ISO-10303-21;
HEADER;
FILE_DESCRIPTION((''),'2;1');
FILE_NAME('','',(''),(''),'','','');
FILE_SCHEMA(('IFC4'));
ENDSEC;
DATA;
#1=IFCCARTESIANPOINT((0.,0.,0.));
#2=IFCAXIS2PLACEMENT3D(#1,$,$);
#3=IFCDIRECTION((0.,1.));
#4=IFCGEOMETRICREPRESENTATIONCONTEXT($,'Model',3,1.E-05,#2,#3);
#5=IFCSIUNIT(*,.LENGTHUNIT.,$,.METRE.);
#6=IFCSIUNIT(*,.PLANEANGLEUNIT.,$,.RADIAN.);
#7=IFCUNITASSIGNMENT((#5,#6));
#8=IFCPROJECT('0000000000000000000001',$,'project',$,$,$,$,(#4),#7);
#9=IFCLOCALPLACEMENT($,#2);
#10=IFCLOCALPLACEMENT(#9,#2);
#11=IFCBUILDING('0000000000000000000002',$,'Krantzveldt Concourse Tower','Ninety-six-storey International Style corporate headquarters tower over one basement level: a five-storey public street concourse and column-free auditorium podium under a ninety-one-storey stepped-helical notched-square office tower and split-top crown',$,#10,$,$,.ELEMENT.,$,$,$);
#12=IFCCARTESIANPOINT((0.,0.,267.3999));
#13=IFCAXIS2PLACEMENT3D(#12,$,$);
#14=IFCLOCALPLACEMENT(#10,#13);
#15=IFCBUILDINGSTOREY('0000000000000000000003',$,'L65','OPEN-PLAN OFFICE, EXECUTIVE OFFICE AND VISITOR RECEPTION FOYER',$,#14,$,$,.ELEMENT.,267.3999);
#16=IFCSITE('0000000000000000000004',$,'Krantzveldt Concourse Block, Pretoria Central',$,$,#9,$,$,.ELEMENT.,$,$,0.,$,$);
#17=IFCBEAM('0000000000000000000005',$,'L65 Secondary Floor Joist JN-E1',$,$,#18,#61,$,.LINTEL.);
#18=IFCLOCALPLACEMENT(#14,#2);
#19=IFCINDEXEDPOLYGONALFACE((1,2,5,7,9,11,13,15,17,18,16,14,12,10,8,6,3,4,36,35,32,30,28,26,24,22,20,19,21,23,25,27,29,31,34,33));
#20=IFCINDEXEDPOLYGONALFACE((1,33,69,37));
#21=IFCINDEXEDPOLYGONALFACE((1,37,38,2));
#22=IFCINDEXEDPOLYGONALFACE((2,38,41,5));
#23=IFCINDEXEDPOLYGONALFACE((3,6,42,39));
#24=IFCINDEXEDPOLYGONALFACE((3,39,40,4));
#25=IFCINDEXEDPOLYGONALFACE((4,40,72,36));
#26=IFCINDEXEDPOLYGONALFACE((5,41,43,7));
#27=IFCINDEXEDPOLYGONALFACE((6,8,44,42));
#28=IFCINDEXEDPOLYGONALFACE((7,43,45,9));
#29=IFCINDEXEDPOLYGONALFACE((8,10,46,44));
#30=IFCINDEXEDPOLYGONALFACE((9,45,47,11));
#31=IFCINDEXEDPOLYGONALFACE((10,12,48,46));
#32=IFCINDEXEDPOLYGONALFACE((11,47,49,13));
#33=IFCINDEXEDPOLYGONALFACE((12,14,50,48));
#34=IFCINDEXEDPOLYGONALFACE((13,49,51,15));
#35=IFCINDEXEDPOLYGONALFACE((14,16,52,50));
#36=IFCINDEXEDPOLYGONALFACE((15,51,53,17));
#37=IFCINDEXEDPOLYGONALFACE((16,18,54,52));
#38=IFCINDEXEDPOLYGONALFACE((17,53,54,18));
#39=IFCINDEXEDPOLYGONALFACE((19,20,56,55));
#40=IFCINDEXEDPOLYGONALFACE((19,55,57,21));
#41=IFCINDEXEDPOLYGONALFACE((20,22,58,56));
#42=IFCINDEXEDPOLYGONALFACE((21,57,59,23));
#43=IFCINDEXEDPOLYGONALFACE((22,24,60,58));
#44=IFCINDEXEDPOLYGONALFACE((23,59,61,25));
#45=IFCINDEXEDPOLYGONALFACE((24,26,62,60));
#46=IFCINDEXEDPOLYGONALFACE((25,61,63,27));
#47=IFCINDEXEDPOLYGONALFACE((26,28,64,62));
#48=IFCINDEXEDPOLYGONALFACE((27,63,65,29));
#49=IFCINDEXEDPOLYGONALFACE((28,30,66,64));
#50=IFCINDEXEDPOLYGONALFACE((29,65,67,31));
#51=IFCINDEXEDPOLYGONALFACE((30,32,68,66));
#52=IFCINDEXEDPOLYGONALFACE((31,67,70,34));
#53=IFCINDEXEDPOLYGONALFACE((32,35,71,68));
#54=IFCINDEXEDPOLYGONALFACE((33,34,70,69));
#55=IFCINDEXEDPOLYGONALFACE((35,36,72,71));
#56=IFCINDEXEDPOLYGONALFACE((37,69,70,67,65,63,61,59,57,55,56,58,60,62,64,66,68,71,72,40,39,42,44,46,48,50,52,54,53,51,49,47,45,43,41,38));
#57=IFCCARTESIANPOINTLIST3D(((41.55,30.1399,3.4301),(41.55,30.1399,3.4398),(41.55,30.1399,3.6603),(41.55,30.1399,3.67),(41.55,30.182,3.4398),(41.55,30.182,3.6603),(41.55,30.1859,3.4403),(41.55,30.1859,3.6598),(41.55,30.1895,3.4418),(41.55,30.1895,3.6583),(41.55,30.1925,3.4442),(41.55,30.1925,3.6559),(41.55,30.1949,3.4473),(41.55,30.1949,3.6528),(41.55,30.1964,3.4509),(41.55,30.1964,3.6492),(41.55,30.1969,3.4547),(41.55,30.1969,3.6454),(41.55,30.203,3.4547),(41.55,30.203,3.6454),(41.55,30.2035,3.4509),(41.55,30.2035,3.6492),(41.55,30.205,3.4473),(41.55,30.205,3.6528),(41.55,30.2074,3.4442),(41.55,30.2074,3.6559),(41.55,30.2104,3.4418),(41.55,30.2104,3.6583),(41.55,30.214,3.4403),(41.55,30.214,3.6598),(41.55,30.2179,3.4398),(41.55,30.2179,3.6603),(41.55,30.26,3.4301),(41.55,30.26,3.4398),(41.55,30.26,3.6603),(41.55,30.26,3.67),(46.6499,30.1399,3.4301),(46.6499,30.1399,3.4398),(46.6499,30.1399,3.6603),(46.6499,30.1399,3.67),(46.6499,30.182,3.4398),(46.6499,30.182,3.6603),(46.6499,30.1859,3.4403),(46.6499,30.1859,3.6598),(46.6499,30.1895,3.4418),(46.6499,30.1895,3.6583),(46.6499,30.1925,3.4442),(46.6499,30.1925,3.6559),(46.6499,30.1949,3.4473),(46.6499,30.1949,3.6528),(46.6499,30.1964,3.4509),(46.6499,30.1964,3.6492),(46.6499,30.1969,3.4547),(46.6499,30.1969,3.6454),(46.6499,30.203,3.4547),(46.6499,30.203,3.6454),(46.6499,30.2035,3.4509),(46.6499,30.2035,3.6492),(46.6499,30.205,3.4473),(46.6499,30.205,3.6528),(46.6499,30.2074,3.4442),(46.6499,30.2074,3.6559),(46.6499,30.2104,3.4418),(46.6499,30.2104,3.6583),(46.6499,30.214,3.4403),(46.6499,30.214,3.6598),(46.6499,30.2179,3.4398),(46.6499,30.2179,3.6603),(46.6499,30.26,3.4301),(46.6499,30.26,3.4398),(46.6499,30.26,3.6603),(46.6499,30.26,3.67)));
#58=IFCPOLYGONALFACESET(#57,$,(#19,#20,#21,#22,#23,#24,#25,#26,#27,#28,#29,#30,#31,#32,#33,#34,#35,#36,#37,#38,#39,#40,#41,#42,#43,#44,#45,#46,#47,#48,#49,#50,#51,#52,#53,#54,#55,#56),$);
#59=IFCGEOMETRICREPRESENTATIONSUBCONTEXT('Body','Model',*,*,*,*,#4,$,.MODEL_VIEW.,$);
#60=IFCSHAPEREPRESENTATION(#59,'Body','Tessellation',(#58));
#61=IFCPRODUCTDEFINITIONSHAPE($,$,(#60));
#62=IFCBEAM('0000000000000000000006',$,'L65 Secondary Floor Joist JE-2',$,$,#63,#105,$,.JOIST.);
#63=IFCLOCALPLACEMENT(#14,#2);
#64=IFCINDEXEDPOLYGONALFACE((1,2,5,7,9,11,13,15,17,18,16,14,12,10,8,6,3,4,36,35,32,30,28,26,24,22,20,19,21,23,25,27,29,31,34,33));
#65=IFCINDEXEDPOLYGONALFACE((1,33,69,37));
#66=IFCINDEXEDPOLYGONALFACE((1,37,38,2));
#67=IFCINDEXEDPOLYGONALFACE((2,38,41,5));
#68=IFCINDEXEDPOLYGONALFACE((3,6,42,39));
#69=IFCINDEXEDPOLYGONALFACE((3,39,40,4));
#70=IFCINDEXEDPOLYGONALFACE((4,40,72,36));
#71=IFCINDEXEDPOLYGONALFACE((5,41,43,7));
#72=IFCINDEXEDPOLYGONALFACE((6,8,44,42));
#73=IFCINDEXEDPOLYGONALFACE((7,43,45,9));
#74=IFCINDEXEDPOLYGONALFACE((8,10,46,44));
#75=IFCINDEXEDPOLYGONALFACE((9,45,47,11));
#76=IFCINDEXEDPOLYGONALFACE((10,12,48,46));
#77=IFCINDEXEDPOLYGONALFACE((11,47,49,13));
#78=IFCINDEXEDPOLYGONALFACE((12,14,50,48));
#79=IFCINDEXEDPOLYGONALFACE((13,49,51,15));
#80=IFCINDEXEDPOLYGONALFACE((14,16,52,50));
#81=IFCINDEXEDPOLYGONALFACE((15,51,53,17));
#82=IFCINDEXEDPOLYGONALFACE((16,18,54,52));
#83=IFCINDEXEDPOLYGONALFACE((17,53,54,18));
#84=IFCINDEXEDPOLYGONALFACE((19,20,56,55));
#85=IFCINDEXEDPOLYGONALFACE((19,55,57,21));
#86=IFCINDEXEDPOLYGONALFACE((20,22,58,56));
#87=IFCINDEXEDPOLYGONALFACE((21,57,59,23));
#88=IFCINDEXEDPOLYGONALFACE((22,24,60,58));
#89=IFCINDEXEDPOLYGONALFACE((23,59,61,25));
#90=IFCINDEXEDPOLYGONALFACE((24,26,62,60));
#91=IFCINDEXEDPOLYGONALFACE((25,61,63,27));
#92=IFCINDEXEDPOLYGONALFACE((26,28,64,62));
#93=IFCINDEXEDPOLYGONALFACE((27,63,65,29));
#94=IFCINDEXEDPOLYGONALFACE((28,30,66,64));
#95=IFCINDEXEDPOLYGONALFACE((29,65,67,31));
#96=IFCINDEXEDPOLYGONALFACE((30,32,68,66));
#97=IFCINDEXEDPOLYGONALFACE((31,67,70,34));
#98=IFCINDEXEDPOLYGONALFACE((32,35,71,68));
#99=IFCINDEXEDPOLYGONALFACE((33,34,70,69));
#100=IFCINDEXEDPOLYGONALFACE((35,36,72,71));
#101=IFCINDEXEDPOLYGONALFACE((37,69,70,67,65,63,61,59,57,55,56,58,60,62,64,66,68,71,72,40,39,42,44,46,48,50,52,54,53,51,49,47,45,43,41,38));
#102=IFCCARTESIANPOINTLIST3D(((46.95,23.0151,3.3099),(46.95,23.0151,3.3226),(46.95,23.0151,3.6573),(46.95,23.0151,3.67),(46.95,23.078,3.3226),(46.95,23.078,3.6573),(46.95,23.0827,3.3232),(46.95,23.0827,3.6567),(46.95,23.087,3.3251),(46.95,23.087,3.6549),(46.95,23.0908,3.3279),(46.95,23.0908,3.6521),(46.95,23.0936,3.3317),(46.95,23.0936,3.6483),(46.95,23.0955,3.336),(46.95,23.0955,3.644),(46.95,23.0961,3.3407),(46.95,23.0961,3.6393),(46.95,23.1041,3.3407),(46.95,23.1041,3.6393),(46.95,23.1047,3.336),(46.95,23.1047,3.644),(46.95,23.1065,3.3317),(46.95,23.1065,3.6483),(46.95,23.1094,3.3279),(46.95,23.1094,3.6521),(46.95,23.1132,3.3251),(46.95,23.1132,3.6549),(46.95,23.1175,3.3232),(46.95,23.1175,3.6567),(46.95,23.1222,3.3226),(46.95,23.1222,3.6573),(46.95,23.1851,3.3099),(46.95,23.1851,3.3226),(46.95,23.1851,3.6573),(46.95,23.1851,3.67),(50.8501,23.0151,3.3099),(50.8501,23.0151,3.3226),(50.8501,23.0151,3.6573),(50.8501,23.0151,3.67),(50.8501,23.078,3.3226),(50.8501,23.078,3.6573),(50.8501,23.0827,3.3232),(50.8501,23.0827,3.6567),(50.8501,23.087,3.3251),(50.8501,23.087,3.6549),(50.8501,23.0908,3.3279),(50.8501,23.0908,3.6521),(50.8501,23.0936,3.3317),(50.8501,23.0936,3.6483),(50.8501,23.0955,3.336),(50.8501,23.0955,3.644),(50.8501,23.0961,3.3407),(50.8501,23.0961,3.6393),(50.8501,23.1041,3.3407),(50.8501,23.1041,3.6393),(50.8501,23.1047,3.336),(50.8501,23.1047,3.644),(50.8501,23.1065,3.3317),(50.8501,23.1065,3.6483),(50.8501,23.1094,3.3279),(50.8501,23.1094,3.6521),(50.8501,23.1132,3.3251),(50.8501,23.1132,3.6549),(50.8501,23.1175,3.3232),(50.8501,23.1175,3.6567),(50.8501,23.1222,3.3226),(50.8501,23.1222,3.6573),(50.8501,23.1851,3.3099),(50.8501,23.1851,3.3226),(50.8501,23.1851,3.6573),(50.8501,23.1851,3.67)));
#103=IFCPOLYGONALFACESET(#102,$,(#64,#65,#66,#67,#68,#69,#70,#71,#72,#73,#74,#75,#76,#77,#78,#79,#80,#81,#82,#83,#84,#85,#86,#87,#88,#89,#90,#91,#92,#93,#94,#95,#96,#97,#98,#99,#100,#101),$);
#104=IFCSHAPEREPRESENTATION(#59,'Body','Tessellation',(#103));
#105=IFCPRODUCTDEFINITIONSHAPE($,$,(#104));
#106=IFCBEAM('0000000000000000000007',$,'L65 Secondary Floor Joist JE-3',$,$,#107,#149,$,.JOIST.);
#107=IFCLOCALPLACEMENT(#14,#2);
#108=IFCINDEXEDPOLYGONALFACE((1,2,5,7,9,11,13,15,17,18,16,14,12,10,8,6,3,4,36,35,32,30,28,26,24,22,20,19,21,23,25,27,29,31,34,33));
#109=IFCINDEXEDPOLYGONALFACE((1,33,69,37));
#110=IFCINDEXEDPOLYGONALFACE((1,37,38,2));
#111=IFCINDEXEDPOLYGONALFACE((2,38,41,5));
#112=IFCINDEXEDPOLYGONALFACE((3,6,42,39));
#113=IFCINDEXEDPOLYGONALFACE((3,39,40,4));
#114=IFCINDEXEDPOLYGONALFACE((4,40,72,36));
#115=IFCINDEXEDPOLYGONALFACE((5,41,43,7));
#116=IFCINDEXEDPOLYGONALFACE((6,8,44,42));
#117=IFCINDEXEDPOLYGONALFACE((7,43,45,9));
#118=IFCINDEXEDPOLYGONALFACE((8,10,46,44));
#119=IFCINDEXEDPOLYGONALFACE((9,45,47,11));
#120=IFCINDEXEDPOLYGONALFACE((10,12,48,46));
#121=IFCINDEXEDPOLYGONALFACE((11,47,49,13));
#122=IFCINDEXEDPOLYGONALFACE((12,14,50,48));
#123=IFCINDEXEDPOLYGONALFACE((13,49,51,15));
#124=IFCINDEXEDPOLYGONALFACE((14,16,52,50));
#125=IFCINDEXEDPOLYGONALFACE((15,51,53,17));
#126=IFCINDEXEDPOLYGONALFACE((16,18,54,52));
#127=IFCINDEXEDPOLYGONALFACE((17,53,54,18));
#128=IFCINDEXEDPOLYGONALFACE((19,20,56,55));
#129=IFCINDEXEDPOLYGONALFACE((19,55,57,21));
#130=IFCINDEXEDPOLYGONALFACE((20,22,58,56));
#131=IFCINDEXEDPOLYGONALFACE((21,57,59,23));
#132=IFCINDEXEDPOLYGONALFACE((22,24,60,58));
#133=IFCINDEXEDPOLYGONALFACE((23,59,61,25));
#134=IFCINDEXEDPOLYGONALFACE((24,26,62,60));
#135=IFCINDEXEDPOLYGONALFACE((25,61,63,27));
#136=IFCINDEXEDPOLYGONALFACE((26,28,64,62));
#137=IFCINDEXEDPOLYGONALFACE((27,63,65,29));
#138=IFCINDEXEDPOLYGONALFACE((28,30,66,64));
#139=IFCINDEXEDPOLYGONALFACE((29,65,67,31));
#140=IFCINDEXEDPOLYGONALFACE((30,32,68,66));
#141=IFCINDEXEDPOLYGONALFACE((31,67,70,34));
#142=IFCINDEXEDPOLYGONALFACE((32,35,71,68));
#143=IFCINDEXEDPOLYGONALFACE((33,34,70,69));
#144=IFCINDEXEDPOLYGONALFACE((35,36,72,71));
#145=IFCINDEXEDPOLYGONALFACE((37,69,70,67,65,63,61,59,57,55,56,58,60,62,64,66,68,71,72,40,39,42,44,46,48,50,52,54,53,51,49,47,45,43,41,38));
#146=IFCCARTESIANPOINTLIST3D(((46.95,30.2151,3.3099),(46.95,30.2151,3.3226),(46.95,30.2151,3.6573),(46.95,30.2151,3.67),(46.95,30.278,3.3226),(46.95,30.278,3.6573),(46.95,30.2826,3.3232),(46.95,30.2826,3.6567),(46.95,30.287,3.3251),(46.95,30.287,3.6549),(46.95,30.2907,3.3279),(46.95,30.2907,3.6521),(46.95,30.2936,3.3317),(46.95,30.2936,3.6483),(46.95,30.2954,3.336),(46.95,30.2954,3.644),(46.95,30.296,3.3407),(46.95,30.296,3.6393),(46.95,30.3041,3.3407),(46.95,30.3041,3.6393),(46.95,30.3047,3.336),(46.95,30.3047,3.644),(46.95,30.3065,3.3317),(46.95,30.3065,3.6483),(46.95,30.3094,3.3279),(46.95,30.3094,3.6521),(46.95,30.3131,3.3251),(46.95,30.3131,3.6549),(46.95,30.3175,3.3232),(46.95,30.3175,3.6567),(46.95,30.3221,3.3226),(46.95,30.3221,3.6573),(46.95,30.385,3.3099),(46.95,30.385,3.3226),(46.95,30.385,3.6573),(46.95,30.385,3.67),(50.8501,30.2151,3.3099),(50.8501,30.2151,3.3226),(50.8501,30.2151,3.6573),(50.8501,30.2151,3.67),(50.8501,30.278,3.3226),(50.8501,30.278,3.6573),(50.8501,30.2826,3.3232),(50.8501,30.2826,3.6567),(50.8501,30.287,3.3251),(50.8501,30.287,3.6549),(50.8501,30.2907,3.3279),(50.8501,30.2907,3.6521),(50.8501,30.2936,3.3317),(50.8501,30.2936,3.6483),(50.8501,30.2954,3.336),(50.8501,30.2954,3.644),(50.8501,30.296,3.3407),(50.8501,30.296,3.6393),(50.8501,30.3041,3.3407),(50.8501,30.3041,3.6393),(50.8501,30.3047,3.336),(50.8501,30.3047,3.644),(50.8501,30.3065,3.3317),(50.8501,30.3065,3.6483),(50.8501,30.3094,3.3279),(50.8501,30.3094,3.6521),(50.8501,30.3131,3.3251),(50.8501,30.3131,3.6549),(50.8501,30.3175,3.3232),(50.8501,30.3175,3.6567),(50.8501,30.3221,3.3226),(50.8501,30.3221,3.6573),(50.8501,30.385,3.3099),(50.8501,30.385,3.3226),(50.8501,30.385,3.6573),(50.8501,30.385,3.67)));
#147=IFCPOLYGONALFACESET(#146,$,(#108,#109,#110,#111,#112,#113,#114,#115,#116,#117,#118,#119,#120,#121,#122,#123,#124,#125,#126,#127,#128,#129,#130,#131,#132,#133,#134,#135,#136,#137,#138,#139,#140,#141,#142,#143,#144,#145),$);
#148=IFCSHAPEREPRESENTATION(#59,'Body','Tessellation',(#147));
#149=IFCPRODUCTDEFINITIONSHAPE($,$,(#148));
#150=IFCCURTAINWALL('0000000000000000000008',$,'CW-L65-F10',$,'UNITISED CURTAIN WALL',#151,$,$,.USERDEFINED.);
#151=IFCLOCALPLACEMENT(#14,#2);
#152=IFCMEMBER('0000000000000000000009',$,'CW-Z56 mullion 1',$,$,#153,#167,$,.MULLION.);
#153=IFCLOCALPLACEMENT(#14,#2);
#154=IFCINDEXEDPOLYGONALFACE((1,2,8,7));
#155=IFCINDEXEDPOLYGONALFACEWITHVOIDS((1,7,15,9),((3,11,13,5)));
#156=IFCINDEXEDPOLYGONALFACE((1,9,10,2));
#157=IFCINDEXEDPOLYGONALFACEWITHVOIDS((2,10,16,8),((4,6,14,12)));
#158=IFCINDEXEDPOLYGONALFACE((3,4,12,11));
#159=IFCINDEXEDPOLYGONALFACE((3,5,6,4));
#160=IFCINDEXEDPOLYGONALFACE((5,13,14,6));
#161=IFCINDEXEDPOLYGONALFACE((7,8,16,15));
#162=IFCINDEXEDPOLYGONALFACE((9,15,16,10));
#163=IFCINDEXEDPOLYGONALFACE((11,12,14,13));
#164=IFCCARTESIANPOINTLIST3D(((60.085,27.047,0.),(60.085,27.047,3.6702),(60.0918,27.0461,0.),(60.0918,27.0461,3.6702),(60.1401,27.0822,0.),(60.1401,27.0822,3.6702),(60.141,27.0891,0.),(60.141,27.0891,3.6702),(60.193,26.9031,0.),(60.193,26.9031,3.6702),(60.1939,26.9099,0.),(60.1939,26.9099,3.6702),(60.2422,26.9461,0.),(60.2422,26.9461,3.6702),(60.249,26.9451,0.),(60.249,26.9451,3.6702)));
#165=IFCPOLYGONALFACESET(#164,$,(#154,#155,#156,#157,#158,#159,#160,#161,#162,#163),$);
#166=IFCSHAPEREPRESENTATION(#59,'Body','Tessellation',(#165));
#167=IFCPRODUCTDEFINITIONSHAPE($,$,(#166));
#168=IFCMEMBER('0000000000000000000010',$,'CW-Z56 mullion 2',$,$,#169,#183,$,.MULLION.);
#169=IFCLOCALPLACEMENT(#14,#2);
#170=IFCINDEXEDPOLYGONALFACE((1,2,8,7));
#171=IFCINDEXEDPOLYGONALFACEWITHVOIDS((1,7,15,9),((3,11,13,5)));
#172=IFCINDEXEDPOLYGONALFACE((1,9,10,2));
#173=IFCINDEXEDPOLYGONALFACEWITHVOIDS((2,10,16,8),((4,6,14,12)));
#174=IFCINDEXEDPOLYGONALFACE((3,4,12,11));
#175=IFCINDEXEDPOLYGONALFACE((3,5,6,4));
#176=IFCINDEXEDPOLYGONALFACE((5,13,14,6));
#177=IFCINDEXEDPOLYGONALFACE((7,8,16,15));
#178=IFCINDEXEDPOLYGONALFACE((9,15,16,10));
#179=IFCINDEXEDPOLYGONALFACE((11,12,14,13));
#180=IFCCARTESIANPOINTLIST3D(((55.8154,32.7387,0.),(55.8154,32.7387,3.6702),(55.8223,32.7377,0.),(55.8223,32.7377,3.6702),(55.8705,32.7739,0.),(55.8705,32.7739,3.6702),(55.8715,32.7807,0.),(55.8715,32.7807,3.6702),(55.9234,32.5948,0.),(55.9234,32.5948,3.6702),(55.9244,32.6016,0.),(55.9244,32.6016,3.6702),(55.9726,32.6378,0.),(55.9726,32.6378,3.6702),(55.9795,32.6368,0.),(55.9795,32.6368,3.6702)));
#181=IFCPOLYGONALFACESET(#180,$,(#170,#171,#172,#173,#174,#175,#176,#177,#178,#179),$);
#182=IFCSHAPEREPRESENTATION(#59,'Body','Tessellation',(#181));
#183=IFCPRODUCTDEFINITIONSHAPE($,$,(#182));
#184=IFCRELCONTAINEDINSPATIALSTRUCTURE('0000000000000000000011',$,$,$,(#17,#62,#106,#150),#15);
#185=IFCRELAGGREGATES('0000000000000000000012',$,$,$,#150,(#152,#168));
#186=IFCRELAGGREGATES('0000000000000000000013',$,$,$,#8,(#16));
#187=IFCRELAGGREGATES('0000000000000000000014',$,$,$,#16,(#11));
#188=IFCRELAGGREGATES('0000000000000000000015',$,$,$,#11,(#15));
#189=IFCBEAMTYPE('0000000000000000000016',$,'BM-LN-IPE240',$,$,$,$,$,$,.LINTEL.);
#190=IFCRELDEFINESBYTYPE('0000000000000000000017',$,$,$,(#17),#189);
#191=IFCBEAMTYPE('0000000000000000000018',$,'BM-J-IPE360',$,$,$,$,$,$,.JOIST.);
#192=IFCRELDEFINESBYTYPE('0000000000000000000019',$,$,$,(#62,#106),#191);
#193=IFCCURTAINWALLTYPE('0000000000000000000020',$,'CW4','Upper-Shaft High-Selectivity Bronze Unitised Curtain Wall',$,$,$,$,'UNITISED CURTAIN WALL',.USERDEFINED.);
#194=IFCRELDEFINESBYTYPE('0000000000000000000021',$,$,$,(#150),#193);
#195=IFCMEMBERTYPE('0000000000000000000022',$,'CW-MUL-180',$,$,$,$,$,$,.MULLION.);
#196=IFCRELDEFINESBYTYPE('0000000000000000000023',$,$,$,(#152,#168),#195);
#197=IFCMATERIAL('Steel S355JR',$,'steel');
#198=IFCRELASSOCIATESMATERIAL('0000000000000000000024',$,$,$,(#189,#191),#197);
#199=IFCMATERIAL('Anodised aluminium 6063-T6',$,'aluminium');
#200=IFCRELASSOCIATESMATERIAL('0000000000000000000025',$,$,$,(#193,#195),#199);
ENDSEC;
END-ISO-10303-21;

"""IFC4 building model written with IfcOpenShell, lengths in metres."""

from ifc_helpers import new_model, si_unit, direction, frame, origin, origin_2d, place, context, subcontext, project, spatial, hollow_rectangle, i_section, extrude, source, transform, mapped, material, material_profile, profile_set, type_object, type_shapes, element, aggregate, save


model = new_model("IFC4")

# Units and contexts
model_context = context("Model", 3, precision=1e-05, world=origin(), true_north=direction((0.0, 1.0)))
body_context = subcontext(model_context, "Body", "Model", "MODEL_VIEW")
ifc_project = project(units=[si_unit("LENGTHUNIT", "METRE"), si_unit("PLANEANGLEUNIT", "RADIAN")], contexts=[model_context])

# Site, building, storey
site_placement = place(None, origin())
site = spatial("IfcSite", under=ifc_project, at=site_placement, Name="Krantzveldt Concourse Block, Pretoria Central", CompositionType="ELEMENT", RefElevation=0.0)
building_placement = place(site_placement, origin())
building = spatial("IfcBuilding", under=site, at=building_placement, Name="Krantzveldt Concourse Tower", Description="Ninety-six-storey International Style corporate headquarters tower over one basement level: a five-storey public street concourse and column-free auditorium podium under a ninety-one-storey stepped-helical notched-square office tower and split-top crown", CompositionType="ELEMENT")
storey_placement = place(building_placement, frame((0.0, 0.0, 267.3999)))
storey = spatial("IfcBuildingStorey", under=building, at=storey_placement, Name="L65", Description="OPEN-PLAN OFFICE, EXECUTIVE OFFICE AND VISITOR RECEPTION FOYER", CompositionType="ELEMENT", Elevation=267.3999)

# Beams
ifc_material_1 = material(Name="Steel S355JR", Category="steel")
ifc_material_profile_1 = material_profile(ifc_material_1, i_section(OverallWidth=0.1201, OverallDepth=0.24, WebThickness=0.0061, FlangeThickness=0.0098, FilletRadius=0.0149, at=origin_2d()), Name="Steel S355JR", Category="steel")
ifc_profile_set_1 = profile_set([ifc_material_profile_1], Name="Steel S355JR - IPE 240")
beam_type_1 = type_object("IfcBeamType", Name="BM-LN-IPE240", PredefinedType="LINTEL", material=ifc_profile_set_1)
shared_shape_1 = source(origin(), body_context, "Body", "SweptSolid", [
    extrude(i_section(OverallWidth=0.1201, OverallDepth=0.24, WebThickness=0.0061, FlangeThickness=0.0098, FilletRadius=0.0149, at=origin_2d()), origin(), (0.0, 0.0, 1.0), 5.0999),
])
type_shapes(beam_type_1, [shared_shape_1])
beam_1_placement = place(storey_placement, frame((41.55, 30.2, 3.55), z_axis=(1.0, 0.0, 0.0), x_axis=(0.0, 1.0, 0.0)))
element("IfcBeam", 1, at=beam_1_placement, inside=storey, type_object=beam_type_1, Name="L65 Secondary Floor Joist JN-E1", PredefinedType="LINTEL", context=body_context, shape_type="MappedRepresentation", body=[
    mapped(shared_shape_1, transform((0.0, 0.0, 0.0), x_axis=(1.0, 0.0, 0.0), y_axis=(0.0, 1.0, 0.0), z_axis=(0.0, 0.0, 1.0), scale=1.0)),
])
ifc_material_profile_2 = material_profile(ifc_material_1, i_section(OverallWidth=0.1699, OverallDepth=0.3601, WebThickness=0.0081, FlangeThickness=0.0127, FilletRadius=0.0181, at=origin_2d()), Name="Steel S355JR", Category="steel")
ifc_profile_set_2 = profile_set([ifc_material_profile_2], Name="Steel S355JR - IPE 360")
beam_type_2 = type_object("IfcBeamType", Name="BM-J-IPE360", PredefinedType="JOIST", material=ifc_profile_set_2)
shared_shape_2 = source(origin(), body_context, "Body", "SweptSolid", [
    extrude(i_section(OverallWidth=0.1699, OverallDepth=0.3601, WebThickness=0.0081, FlangeThickness=0.0127, FilletRadius=0.0181, at=origin_2d()), origin(), (0.0, 0.0, 1.0), 3.9001),
])
type_shapes(beam_type_2, [shared_shape_2])
for number, where, z_axis, x_axis, name in (
    (2, (46.95, 23.1001, 3.49), (1.0, 0.0, 0.0), (0.0, 1.0, 0.0), "L65 Secondary Floor Joist JE-2"),
    (3, (46.95, 30.3, 3.49), (1.0, 0.0, 0.0), (0.0, 1.0, 0.0), "L65 Secondary Floor Joist JE-3"),
):
    element("IfcBeam", number, at=place(storey_placement, frame(where, z_axis=z_axis, x_axis=x_axis)), inside=storey, type_object=beam_type_2, Name=name, PredefinedType="JOIST", context=body_context, shape_type="MappedRepresentation", body=[
        mapped(shared_shape_2, transform((0.0, 0.0, 0.0), x_axis=(1.0, 0.0, 0.0), y_axis=(0.0, 1.0, 0.0), z_axis=(0.0, 0.0, 1.0), scale=1.0)),
    ])

# Curtain wall, members
ifc_material_2 = material(Name="Anodised aluminium 6063-T6", Category="aluminium")
curtain_wall_type = type_object("IfcCurtainWallType", Name="CW4", Description="Upper-Shaft High-Selectivity Bronze Unitised Curtain Wall", ElementType="UNITISED CURTAIN WALL", PredefinedType="USERDEFINED", material=ifc_material_2)
curtain_wall_placement = place(storey_placement, origin())
curtain_wall = element("IfcCurtainWall", 4, at=curtain_wall_placement, inside=storey, type_object=curtain_wall_type, Name="CW-L65-F10", ObjectType="UNITISED CURTAIN WALL", PredefinedType="USERDEFINED")
ifc_material_profile_3 = material_profile(ifc_material_2, hollow_rectangle(XDim=0.0701, YDim=0.1799, WallThickness=0.0049, at=origin_2d()), Name="Anodised aluminium 6063-T6", Category="aluminium")
ifc_profile_set_3 = profile_set([ifc_material_profile_3], Name="Anodised aluminium 6063-T6 - ALU-MULL 180x70x5")
member_type_1 = type_object("IfcMemberType", Name="CW-MUL-180", PredefinedType="MULLION", material=ifc_profile_set_3)
shared_shape_3 = source(origin(), body_context, "Body", "SweptSolid", [
    extrude(hollow_rectangle(XDim=0.0701, YDim=0.1799, WallThickness=0.0049, at=origin_2d()), origin(), (0.0, 0.0, 1.0), 3.6702),
])
type_shapes(member_type_1, [shared_shape_3])
member_1_placement = place(storey_placement, frame((60.167, 26.9961, 0.0), z_axis=(0.0, 0.0, 1.0), x_axis=(-0.799947, -0.600071, 0.0)))
member_1 = element("IfcMember", 5, at=member_1_placement, type_object=member_type_1, Name="CW-Z56 mullion 1", PredefinedType="MULLION", context=body_context, shape_type="MappedRepresentation", body=[
    mapped(shared_shape_3, transform((0.0, 0.0, 0.0), x_axis=(1.0, 0.0, 0.0), y_axis=(0.0, 1.0, 0.0), z_axis=(0.0, 0.0, 1.0), scale=1.0)),
])
member_2_placement = place(storey_placement, frame((55.8975, 32.6877, 0.0), z_axis=(0.0, 0.0, 1.0), x_axis=(-0.799947, -0.600071, 0.0)))
member_2 = element("IfcMember", 6, at=member_2_placement, type_object=member_type_1, Name="CW-Z56 mullion 2", PredefinedType="MULLION", context=body_context, shape_type="MappedRepresentation", body=[
    mapped(shared_shape_3, transform((0.0, 0.0, 0.0), x_axis=(1.0, 0.0, 0.0), y_axis=(0.0, 1.0, 0.0), z_axis=(0.0, 0.0, 1.0), scale=1.0)),
])
aggregate(curtain_wall, [member_1, member_2])

save(model, "model.ifc")
